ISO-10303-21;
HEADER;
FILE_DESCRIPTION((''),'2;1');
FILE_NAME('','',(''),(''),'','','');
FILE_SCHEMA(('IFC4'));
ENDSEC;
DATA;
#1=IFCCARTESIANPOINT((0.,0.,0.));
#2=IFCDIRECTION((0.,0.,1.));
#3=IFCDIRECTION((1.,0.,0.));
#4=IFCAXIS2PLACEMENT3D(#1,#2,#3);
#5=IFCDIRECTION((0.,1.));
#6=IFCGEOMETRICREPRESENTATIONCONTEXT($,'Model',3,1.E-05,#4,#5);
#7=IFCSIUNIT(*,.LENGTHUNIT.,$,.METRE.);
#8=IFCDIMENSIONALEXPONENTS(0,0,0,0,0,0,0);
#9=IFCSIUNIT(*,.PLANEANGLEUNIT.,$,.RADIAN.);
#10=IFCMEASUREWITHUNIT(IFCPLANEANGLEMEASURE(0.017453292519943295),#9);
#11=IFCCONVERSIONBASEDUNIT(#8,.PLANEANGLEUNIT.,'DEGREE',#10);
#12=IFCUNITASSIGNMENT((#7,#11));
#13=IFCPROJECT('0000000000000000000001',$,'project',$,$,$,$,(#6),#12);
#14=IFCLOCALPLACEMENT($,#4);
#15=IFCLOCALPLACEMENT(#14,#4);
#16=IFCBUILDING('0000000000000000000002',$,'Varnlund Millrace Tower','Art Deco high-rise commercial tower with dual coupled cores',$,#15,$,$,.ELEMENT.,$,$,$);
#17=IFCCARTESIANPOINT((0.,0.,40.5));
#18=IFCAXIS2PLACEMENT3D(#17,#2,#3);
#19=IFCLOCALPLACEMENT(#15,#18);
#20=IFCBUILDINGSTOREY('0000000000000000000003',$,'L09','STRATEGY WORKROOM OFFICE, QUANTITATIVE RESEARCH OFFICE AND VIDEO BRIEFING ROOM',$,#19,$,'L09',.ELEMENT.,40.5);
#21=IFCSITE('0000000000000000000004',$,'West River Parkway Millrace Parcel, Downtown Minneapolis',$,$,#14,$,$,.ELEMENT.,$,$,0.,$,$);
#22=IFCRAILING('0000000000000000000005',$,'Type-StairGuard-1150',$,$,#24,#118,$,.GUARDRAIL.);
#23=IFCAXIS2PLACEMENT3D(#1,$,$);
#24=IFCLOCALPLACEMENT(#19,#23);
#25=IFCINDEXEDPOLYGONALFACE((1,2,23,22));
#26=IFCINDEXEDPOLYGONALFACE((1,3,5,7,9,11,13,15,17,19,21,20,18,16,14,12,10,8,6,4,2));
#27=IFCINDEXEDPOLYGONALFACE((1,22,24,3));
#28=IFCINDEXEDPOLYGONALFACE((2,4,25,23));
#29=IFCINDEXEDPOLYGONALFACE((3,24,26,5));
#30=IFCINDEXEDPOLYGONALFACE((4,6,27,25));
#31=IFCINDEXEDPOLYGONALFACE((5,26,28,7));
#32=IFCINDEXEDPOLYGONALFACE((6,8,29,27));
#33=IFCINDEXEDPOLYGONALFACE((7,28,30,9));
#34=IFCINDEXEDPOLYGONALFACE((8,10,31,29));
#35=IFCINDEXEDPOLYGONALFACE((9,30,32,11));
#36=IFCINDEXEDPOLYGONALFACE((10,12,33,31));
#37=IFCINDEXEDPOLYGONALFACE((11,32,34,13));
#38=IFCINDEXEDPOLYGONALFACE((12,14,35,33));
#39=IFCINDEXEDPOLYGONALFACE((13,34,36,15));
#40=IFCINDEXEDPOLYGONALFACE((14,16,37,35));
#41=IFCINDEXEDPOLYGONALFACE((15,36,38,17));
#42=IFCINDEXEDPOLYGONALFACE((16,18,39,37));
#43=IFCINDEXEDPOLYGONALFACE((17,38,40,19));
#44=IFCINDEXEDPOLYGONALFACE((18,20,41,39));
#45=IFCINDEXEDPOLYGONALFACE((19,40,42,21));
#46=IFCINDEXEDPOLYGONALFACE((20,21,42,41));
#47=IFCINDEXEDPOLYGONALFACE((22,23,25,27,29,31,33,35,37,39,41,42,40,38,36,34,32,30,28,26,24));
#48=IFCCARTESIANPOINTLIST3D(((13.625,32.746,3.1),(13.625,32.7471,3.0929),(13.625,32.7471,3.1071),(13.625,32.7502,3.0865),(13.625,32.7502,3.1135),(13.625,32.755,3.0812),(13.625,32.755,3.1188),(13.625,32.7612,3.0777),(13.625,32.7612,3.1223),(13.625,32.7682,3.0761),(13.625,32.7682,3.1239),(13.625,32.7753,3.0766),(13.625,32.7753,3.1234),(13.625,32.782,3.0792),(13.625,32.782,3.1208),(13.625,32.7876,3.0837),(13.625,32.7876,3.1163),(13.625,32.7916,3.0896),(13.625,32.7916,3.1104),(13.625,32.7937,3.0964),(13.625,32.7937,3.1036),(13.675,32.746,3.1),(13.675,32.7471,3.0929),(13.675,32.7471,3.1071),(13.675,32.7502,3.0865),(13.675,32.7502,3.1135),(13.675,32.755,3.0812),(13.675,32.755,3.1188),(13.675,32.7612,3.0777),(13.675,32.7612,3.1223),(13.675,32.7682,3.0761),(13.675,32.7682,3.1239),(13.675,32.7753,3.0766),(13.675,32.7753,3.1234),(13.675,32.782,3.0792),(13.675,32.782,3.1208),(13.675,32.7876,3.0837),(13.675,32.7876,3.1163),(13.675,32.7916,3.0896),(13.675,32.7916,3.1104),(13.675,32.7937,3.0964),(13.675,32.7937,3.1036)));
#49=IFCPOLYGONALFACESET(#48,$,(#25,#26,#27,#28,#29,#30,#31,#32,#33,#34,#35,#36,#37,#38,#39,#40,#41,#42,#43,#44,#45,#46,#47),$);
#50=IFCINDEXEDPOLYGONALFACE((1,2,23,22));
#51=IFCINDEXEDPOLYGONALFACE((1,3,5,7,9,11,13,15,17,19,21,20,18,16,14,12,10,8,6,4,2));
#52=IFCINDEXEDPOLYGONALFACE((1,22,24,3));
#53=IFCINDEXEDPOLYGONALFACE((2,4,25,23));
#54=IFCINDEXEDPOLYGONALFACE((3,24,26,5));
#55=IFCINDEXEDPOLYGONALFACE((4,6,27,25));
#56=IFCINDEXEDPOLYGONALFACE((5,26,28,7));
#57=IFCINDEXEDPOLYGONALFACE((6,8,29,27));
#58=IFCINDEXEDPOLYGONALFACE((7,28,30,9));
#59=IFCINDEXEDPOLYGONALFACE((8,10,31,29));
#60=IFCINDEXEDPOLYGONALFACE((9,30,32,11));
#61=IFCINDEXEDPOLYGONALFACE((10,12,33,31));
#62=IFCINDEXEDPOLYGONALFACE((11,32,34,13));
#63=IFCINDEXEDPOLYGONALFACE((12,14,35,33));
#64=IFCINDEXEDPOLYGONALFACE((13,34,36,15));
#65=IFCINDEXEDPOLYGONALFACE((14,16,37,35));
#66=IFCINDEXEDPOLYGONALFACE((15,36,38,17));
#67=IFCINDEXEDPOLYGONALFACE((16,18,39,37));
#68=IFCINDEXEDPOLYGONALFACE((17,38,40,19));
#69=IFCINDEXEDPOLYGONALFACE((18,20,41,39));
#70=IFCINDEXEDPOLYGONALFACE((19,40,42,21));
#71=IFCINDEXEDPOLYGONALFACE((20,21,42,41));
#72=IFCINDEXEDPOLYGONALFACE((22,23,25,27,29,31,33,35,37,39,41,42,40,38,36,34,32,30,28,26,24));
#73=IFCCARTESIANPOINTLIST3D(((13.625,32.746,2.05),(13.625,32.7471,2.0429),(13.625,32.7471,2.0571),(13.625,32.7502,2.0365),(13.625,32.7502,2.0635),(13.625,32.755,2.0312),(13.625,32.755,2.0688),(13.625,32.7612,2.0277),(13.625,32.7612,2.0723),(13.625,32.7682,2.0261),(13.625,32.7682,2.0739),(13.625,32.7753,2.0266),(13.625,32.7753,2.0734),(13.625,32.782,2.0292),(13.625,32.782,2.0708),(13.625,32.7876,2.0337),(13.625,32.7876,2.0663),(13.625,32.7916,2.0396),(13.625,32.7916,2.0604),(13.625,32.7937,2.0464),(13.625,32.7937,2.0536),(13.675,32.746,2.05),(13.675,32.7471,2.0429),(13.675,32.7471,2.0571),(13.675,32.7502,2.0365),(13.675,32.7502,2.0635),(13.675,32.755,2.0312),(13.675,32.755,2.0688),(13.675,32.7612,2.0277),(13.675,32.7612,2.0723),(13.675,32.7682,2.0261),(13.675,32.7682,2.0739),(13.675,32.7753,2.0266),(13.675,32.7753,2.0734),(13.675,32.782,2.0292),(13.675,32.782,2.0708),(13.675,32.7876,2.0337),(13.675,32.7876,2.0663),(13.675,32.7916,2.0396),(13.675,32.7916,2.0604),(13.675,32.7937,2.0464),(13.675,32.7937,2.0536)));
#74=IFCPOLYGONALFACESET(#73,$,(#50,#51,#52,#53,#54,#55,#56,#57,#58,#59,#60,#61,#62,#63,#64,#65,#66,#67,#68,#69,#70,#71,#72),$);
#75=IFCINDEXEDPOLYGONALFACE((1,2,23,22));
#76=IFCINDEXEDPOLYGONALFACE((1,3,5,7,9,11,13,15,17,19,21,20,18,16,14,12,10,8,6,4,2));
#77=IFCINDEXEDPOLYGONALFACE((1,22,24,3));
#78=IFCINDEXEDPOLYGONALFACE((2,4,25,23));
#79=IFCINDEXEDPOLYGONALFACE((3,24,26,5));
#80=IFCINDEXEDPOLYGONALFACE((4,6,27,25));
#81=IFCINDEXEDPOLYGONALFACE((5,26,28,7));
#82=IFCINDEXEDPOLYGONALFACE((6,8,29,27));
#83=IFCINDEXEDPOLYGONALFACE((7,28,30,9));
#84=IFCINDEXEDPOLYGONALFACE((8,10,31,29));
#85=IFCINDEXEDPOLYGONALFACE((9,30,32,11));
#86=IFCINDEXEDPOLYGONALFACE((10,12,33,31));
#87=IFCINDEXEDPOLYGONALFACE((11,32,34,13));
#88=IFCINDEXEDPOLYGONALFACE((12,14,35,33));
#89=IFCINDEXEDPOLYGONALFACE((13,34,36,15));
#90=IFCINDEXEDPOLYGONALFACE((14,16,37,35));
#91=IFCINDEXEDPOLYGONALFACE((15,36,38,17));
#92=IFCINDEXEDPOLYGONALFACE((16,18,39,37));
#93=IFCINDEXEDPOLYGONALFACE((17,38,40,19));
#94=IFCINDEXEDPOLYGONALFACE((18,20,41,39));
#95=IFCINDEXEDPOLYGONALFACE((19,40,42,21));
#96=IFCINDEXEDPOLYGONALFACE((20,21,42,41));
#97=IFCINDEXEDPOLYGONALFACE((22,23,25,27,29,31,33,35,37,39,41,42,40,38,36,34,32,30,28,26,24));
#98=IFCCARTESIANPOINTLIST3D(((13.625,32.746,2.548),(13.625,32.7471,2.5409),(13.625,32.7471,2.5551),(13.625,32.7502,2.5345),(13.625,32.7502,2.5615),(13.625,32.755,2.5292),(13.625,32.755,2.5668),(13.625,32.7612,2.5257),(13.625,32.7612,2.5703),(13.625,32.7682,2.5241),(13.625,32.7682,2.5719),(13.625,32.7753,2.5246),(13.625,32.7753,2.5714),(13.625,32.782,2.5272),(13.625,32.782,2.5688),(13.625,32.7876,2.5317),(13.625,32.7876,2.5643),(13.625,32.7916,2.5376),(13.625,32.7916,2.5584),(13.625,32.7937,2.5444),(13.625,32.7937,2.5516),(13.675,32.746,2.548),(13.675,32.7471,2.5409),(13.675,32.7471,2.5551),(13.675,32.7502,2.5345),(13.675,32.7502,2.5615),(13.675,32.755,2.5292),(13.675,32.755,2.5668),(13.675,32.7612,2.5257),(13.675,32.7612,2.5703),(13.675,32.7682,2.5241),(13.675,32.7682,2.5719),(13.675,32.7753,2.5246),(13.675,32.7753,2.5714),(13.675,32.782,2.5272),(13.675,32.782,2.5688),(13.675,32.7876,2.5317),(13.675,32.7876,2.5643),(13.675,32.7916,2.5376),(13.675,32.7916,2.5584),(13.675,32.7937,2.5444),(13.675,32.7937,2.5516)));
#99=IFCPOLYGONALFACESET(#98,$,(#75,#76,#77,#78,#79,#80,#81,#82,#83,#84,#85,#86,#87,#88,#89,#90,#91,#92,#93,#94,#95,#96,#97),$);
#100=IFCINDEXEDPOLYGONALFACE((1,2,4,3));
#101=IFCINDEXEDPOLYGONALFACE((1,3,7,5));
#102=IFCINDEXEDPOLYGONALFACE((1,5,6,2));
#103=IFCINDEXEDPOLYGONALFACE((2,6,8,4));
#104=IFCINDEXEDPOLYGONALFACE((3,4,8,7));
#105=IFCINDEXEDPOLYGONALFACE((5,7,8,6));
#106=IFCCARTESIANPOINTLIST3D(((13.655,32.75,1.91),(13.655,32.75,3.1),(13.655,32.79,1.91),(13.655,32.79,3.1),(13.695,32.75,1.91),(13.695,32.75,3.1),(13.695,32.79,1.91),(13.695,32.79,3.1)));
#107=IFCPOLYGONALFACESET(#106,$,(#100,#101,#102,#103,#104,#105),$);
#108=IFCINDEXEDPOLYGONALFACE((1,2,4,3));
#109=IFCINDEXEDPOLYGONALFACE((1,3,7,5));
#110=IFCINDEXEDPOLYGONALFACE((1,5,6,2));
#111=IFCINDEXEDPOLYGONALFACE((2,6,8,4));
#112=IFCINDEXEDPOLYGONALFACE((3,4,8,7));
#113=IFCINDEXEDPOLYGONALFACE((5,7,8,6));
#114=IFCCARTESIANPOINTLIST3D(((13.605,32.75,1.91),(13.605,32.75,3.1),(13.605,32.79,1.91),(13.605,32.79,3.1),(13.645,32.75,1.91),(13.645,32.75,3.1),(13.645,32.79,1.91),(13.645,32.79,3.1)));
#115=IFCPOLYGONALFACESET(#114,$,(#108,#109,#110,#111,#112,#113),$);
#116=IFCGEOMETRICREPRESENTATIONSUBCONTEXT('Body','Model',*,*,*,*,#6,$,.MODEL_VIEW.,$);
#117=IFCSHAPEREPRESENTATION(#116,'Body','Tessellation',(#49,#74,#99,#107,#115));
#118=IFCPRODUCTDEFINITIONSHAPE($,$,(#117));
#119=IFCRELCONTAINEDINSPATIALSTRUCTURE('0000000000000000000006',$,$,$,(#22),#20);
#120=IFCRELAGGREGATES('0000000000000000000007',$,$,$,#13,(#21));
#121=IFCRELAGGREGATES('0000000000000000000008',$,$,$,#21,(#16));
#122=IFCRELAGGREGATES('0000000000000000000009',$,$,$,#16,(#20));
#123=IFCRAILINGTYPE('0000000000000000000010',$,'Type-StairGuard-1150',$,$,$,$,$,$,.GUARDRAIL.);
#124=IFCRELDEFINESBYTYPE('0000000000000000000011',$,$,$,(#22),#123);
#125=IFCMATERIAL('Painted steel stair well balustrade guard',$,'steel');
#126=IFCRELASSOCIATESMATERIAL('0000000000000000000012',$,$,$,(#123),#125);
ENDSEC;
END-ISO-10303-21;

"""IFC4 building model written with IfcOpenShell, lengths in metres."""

from ifc_helpers import new_model, entity, si_unit, converted_unit, direction, frame, origin_with_axes, origin_2d_with_axis, place, context, subcontext, project, spatial, rectangle, circle, extrude, material, type_object, element, save


model = new_model("IFC4")

# Units and contexts
model_context = context("Model", 3, precision=1e-05, world=origin_with_axes(), true_north=direction((0.0, 1.0)))
body_context = subcontext(model_context, "Body", "Model", "MODEL_VIEW")
ifc_project = project(units=[si_unit("LENGTHUNIT", "METRE"), converted_unit("PLANEANGLEUNIT", "DEGREE", entity("IfcPlaneAngleMeasure", 0.017453292519943295), si_unit("PLANEANGLEUNIT", "RADIAN"), dimensions=[0, 0, 0, 0, 0, 0, 0])], contexts=[model_context])

# Site, building, storey
site_placement = place(None, origin_with_axes())
site = spatial("IfcSite", under=ifc_project, at=site_placement, Name="West River Parkway Millrace Parcel, Downtown Minneapolis", CompositionType="ELEMENT", RefElevation=0.0)
building_placement = place(site_placement, origin_with_axes())
building = spatial("IfcBuilding", under=site, at=building_placement, Name="Varnlund Millrace Tower", Description="Art Deco high-rise commercial tower with dual coupled cores", CompositionType="ELEMENT")
storey_placement = place(building_placement, frame((0.0, 0.0, 40.5), z_axis=(0.0, 0.0, 1.0), x_axis=(1.0, 0.0, 0.0)))
storey = spatial("IfcBuildingStorey", under=building, at=storey_placement, Name="L09", Description="STRATEGY WORKROOM OFFICE, QUANTITATIVE RESEARCH OFFICE AND VIDEO BRIEFING ROOM", LongName="L09", CompositionType="ELEMENT", Elevation=40.5)

# Railing
ifc_material_1 = material(Name="Painted steel stair well balustrade guard", Category="steel")
railing_type_1 = type_object("IfcRailingType", Name="Type-StairGuard-1150", PredefinedType="GUARDRAIL", material=ifc_material_1)
railing_1_placement = place(storey_placement, frame((0.0, 0.0, -40.5), z_axis=(0.0, 0.0, 1.0), x_axis=(1.0, 0.0, 0.0)))
element("IfcRailing", 1, at=railing_1_placement, inside=storey, type_object=railing_type_1, Name="Type-StairGuard-1150", PredefinedType="GUARDRAIL", context=body_context, shape_type="SweptSolid", body=[
    extrude(circle(Radius=0.024, at=origin_2d_with_axis()), frame((13.675, 32.77, 43.6), z_axis=(-1.0, 0.0, 0.0), x_axis=(0.0, -1.0, 0.0)), (0.0, 0.0, 1.0), 0.05),
    extrude(circle(Radius=0.024, at=origin_2d_with_axis()), frame((13.675, 32.77, 42.55), z_axis=(-1.0, 0.0, 0.0), x_axis=(0.0, -1.0, 0.0)), (0.0, 0.0, 1.0), 0.05),
    extrude(circle(Radius=0.024, at=origin_2d_with_axis()), frame((13.675, 32.77, 43.048), z_axis=(-1.0, 0.0, 0.0), x_axis=(0.0, -1.0, 0.0)), (0.0, 0.0, 1.0), 0.05),
    extrude(rectangle(XDim=0.04, YDim=0.04, at=origin_2d_with_axis()), frame((13.675, 32.77, 42.41), z_axis=(0.0, 0.0, 1.0), x_axis=(1.0, 0.0, 0.0)), (0.0, 0.0, 1.0), 1.19),
    extrude(rectangle(XDim=0.04, YDim=0.04, at=origin_2d_with_axis()), frame((13.625, 32.77, 42.41), z_axis=(0.0, 0.0, 1.0), x_axis=(1.0, 0.0, 0.0)), (0.0, 0.0, 1.0), 1.19),
])

save(model, "model.ifc")
